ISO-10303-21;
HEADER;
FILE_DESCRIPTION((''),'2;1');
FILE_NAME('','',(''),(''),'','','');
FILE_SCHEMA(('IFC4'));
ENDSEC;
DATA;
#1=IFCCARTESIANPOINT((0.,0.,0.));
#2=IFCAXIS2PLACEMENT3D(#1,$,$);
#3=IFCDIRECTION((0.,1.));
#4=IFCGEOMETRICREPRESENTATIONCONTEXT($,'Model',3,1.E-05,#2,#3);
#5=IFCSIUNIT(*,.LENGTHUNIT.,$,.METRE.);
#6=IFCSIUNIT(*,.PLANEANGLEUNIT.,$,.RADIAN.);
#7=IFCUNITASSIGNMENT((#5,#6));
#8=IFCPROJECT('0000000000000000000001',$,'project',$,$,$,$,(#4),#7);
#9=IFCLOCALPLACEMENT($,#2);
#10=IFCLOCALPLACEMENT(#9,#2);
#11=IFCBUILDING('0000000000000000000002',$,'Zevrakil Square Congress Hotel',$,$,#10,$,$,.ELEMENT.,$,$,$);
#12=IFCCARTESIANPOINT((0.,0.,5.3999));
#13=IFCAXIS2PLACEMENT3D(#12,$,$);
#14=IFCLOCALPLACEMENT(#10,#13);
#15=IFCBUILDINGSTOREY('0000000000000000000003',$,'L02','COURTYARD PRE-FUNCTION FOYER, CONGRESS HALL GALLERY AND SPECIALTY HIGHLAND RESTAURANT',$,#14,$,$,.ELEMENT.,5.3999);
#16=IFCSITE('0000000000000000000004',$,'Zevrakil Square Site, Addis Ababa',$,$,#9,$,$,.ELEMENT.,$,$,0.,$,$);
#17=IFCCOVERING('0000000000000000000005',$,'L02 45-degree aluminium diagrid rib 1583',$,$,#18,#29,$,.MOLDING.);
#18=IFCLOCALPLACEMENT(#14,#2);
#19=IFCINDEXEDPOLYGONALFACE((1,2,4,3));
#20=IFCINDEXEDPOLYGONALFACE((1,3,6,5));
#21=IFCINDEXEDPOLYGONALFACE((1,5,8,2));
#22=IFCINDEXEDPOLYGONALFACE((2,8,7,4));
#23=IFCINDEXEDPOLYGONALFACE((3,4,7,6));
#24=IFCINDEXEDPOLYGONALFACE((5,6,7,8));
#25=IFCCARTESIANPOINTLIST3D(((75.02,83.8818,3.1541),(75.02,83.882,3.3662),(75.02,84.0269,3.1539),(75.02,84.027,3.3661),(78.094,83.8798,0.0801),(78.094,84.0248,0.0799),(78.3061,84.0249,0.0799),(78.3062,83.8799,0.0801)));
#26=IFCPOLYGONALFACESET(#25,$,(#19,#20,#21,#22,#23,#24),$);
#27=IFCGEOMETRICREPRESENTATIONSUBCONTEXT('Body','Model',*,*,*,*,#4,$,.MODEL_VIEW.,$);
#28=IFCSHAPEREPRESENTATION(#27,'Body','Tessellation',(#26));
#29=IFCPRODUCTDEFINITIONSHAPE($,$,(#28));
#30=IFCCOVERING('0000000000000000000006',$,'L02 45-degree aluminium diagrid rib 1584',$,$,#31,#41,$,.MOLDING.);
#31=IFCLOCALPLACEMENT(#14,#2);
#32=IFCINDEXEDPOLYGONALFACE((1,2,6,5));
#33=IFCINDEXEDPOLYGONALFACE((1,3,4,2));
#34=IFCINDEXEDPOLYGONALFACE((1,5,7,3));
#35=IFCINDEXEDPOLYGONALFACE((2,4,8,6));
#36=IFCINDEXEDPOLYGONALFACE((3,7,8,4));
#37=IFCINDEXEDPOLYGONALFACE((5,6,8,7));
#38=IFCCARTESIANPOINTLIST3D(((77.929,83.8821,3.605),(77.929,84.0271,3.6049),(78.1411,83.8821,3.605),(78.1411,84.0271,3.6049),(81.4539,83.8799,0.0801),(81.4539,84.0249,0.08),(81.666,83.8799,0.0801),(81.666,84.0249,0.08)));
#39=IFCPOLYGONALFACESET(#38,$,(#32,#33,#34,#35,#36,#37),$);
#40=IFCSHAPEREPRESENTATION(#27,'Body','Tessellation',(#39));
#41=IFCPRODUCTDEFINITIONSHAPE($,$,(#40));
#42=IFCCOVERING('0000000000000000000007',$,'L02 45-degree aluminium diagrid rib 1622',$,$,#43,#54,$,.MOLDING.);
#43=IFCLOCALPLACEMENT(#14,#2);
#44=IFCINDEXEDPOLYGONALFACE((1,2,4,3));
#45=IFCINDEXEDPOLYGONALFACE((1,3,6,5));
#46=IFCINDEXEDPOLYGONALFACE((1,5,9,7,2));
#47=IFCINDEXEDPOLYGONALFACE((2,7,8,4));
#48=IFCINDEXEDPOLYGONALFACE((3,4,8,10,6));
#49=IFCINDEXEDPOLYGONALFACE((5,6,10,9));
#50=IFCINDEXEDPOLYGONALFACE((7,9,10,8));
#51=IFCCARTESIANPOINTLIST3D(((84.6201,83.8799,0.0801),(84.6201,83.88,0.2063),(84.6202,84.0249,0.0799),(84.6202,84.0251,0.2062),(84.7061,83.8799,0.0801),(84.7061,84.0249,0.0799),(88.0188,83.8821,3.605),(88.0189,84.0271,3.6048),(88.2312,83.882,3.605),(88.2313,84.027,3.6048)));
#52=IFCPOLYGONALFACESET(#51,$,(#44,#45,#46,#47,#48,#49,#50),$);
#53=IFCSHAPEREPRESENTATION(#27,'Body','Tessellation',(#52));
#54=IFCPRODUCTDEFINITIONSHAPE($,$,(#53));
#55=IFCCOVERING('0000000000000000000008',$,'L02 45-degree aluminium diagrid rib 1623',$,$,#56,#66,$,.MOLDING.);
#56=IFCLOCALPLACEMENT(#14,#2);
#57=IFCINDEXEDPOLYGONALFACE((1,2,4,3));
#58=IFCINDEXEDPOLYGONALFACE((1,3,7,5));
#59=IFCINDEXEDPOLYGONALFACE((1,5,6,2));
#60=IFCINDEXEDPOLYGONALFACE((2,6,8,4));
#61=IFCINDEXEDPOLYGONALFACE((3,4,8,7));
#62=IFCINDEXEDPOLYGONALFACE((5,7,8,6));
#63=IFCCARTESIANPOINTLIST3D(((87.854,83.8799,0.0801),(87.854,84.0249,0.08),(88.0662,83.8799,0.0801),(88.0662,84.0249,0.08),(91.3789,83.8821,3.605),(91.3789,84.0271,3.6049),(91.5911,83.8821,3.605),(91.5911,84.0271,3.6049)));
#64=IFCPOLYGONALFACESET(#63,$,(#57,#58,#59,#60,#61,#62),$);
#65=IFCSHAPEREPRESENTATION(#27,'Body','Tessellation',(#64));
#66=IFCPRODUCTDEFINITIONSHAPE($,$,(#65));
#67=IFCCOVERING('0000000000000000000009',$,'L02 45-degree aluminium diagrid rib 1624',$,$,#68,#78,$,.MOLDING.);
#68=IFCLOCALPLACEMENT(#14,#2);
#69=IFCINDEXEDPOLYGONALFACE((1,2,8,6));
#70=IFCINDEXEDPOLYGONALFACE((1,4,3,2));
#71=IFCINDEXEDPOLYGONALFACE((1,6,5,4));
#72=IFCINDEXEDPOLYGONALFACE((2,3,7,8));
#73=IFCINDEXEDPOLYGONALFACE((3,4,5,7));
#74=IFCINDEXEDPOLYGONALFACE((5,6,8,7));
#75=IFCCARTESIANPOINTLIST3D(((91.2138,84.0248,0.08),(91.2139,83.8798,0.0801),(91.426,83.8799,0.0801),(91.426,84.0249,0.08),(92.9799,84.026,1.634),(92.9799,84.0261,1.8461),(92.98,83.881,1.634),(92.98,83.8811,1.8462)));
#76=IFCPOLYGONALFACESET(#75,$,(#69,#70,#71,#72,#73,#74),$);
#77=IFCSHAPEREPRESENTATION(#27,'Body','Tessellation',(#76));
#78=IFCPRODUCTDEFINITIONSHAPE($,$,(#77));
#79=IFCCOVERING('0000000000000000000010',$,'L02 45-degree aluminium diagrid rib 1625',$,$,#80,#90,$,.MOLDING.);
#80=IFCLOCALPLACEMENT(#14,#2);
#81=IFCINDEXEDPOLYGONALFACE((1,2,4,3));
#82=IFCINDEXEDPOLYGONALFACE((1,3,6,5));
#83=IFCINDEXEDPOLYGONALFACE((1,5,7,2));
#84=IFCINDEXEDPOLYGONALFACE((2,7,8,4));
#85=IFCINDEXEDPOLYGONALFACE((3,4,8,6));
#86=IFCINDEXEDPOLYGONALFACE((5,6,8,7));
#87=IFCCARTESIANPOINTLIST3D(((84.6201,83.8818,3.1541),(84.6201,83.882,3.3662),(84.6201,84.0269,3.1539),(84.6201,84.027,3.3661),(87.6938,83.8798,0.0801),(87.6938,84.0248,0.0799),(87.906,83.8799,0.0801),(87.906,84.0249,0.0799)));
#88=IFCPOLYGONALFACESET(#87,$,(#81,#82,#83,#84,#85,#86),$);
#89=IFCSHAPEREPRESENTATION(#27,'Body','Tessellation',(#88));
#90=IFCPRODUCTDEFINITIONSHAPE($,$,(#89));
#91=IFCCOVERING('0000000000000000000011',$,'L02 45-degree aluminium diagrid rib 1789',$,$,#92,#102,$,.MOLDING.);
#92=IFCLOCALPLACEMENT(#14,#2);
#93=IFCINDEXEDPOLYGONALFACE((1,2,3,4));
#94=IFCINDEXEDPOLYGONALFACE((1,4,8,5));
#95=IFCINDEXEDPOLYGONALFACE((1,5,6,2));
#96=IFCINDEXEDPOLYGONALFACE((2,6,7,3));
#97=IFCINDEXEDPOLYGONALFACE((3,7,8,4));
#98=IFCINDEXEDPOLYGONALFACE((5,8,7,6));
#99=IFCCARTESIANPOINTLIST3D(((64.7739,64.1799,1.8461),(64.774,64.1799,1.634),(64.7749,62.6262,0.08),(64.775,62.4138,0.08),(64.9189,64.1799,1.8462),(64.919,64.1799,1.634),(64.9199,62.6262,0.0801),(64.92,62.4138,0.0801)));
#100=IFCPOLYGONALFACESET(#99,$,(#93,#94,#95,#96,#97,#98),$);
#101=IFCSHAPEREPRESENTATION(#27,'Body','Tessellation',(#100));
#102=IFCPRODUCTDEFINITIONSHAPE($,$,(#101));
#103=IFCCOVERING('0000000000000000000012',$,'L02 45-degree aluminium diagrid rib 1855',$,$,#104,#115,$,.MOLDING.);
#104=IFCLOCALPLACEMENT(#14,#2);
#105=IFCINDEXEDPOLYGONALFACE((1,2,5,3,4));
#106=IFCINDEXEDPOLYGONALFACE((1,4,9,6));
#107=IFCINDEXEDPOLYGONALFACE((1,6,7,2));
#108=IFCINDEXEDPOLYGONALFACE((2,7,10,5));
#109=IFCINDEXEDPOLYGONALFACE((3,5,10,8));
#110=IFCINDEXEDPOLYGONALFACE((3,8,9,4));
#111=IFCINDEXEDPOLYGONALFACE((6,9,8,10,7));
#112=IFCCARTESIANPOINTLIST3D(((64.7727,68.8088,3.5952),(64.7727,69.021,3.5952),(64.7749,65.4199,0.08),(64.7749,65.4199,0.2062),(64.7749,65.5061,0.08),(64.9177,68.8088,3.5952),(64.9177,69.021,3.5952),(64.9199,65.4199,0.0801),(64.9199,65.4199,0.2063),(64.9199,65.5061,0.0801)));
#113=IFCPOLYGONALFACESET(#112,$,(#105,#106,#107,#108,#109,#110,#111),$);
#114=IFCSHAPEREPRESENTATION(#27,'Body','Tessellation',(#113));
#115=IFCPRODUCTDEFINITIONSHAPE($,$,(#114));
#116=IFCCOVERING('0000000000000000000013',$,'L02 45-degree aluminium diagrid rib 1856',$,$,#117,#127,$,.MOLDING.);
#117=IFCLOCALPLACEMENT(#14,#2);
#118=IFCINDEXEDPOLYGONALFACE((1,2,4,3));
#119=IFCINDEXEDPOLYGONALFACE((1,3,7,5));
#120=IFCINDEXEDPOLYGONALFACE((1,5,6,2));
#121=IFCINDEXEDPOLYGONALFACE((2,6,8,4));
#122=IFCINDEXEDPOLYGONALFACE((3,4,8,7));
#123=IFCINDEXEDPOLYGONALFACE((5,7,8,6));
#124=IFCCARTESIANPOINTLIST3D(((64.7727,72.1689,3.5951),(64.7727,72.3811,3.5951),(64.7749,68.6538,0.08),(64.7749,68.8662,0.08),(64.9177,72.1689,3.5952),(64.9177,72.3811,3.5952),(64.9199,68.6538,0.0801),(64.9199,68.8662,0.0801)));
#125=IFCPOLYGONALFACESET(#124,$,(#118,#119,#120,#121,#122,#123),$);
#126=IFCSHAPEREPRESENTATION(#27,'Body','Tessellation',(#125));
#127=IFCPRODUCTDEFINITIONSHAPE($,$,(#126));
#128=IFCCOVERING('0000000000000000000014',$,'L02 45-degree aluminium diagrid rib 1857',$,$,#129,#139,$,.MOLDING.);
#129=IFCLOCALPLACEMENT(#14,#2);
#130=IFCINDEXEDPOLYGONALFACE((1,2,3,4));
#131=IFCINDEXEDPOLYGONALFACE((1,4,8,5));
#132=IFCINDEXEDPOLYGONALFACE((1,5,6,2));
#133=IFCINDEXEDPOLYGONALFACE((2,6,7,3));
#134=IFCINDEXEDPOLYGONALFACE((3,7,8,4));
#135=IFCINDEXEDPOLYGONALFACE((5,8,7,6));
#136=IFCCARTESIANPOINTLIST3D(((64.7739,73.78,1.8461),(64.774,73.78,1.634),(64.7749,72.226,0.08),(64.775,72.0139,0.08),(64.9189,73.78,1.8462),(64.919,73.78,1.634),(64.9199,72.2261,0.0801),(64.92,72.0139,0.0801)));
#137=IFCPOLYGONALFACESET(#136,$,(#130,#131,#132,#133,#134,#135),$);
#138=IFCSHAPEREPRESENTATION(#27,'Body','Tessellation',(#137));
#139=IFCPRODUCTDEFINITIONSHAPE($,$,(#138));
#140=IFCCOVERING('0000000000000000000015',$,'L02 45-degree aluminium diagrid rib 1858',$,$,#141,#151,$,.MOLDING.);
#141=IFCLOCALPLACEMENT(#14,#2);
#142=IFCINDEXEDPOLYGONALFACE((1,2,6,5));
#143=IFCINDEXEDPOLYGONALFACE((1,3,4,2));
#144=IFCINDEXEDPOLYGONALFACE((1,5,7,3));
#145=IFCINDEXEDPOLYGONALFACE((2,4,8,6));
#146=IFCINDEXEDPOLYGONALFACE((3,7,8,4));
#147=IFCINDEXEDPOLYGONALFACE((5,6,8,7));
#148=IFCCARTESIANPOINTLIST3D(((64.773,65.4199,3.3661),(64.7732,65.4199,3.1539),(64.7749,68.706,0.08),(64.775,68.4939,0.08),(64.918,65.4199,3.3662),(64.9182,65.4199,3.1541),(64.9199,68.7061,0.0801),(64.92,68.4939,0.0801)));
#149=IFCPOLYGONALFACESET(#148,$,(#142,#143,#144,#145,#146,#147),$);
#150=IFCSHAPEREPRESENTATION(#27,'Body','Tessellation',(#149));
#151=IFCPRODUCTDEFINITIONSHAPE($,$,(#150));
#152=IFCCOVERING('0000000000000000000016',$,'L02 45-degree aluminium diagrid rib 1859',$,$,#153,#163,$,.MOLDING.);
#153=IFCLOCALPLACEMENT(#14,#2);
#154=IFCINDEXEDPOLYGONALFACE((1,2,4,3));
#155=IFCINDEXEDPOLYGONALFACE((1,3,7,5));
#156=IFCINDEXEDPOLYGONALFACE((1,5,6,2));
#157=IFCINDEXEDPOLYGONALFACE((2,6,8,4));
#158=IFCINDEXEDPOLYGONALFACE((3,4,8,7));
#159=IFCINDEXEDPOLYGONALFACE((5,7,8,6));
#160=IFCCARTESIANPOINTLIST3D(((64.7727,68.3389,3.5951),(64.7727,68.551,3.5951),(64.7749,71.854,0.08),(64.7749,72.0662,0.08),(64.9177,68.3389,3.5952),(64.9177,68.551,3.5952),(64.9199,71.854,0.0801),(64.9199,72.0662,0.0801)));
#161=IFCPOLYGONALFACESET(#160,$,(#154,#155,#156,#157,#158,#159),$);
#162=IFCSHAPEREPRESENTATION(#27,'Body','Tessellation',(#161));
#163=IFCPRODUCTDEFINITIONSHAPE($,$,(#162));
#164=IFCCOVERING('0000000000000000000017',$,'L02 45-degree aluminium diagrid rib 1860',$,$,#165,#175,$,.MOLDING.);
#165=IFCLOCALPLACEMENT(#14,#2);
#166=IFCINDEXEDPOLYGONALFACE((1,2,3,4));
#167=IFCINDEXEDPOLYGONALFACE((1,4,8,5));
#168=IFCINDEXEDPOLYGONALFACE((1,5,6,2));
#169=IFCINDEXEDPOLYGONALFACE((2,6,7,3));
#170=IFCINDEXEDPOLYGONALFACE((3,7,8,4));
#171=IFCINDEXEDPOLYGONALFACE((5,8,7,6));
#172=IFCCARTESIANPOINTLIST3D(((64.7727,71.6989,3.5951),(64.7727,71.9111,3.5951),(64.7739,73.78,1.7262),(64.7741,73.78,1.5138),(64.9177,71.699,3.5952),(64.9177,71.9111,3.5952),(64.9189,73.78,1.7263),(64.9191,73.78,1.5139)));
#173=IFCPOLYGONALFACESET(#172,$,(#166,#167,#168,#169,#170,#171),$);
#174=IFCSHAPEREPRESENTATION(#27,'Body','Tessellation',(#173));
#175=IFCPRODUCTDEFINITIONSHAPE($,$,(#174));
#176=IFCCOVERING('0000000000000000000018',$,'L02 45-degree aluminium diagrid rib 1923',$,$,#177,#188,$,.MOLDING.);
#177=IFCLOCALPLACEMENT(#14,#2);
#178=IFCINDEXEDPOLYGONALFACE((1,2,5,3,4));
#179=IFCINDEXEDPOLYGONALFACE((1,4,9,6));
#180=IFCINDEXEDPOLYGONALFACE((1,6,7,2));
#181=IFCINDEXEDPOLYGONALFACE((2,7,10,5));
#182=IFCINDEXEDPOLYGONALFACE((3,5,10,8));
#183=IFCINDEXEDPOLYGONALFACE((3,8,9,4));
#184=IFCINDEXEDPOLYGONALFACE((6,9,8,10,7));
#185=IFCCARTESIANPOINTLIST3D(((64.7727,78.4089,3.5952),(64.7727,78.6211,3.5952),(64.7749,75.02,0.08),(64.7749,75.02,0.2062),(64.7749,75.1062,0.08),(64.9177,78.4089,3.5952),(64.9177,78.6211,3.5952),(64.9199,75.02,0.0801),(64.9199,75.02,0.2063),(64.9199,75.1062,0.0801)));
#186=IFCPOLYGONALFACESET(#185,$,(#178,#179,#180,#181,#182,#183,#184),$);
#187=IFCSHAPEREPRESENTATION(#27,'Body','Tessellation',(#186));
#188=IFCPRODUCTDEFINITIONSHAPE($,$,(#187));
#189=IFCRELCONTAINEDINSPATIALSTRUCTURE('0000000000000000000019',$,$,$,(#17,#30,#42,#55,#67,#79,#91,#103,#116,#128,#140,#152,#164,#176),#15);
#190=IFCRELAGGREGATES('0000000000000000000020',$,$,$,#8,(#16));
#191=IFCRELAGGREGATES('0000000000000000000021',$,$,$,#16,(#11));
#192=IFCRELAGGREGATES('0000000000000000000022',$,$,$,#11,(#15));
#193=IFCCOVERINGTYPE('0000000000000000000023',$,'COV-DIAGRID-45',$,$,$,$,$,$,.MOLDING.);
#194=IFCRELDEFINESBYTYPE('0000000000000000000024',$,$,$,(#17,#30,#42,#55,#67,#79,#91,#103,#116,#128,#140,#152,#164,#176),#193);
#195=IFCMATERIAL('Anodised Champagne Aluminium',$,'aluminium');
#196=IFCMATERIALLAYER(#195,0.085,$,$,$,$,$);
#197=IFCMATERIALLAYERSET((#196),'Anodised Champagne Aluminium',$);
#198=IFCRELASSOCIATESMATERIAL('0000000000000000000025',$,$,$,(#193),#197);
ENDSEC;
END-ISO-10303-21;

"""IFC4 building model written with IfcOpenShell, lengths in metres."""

from ifc_helpers import new_model, si_unit, direction, frame, origin, place, context, subcontext, project, spatial, polyline, outline, extrude, material, layer, layer_set, type_object, element, save


model = new_model("IFC4")

# Units and contexts
model_context = context("Model", 3, precision=1e-05, world=origin(), true_north=direction((0.0, 1.0)))
body_context = subcontext(model_context, "Body", "Model", "MODEL_VIEW")
ifc_project = project(units=[si_unit("LENGTHUNIT", "METRE"), si_unit("PLANEANGLEUNIT", "RADIAN")], contexts=[model_context])

# Site, building, storey
site_placement = place(None, origin())
site = spatial("IfcSite", under=ifc_project, at=site_placement, Name="Zevrakil Square Site, Addis Ababa", CompositionType="ELEMENT", RefElevation=0.0)
building_placement = place(site_placement, origin())
building = spatial("IfcBuilding", under=site, at=building_placement, Name="Zevrakil Square Congress Hotel", CompositionType="ELEMENT")
storey_placement = place(building_placement, frame((0.0, 0.0, 5.3999)))
storey = spatial("IfcBuildingStorey", under=building, at=storey_placement, Name="L02", Description="COURTYARD PRE-FUNCTION FOYER, CONGRESS HALL GALLERY AND SPECIALTY HIGHLAND RESTAURANT", CompositionType="ELEMENT", Elevation=5.3999)

# Coverings
ifc_material_1 = material(Name="Anodised Champagne Aluminium", Category="aluminium")
ifc_layer_1 = layer(ifc_material_1, 0.085)
ifc_layer_set_1 = layer_set([ifc_layer_1], Name="Anodised Champagne Aluminium")
covering_type_1 = type_object("IfcCoveringType", Name="COV-DIAGRID-45", PredefinedType="MOLDING", material=ifc_layer_set_1)
covering_1_placement = place(storey_placement, frame((75.02, 83.8818, 3.1541), z_axis=(0.000249, -1.0, 0.000902), x_axis=(0.0, 0.000902, 1.0)))
element("IfcCovering", 1, at=covering_1_placement, inside=storey, type_object=covering_type_1, Name="L02 45-degree aluminium diagrid rib 1583", PredefinedType="MOLDING", context=body_context, shape_type="SweptSolid", body=[
    extrude(outline(polyline([(0.0, 0.0), (0.2122, 0.0), (-3.074, -3.2861), (-3.074, -3.074), (0.0, 0.0)])), origin(), (0.0, 0.0, -1.0), 0.145),
])
covering_2_placement = place(storey_placement, frame((77.929, 83.8821, 3.605), z_axis=(0.0, -1.0, 0.000623), x_axis=(1.0, 0.0, 0.0)))
element("IfcCovering", 2, at=covering_2_placement, inside=storey, type_object=covering_type_1, Name="L02 45-degree aluminium diagrid rib 1584", PredefinedType="MOLDING", context=body_context, shape_type="SweptSolid", body=[
    extrude(outline(polyline([(0.0, 0.0), (0.2122, 0.0), (3.7371, -3.5249), (3.5249, -3.5249), (0.0, 0.0)])), origin(), (0.0, 0.0, -1.0), 0.145),
])
covering_3_placement = place(storey_placement, frame((84.7061, 83.8799, 0.0801), z_axis=(-0.000394, -0.999999, 0.001003), x_axis=(-1.0, 0.000394, 0.0)))
element("IfcCovering", 3, at=covering_3_placement, inside=storey, type_object=covering_type_1, Name="L02 45-degree aluminium diagrid rib 1622", PredefinedType="MOLDING", context=body_context, shape_type="SweptSolid", body=[
    extrude(outline(polyline([(0.0, 0.0), (0.0859, 0.0), (0.0859, -0.1262), (-3.3127, -3.5249), (-3.5251, -3.5249), (0.0, 0.0)])), origin(), (0.0, 0.0, -1.0), 0.145),
])
covering_4_placement = place(storey_placement, frame((88.0662, 83.8799, 0.0801), z_axis=(0.0, -1.0, 0.000623), x_axis=(-1.0, 0.0, 0.0)))
element("IfcCovering", 4, at=covering_4_placement, inside=storey, type_object=covering_type_1, Name="L02 45-degree aluminium diagrid rib 1623", PredefinedType="MOLDING", context=body_context, shape_type="SweptSolid", body=[
    extrude(outline(polyline([(0.0, 0.0), (0.2122, 0.0), (-3.3127, -3.5249), (-3.5249, -3.5249), (0.0, 0.0)])), origin(), (0.0, 0.0, -1.0), 0.145),
])
covering_5_placement = place(storey_placement, frame((91.426, 83.8799, 0.0801), z_axis=(0.000368, -1.0, 0.000368), x_axis=(-1.0, -0.000368, 0.0)))
element("IfcCovering", 5, at=covering_5_placement, inside=storey, type_object=covering_type_1, Name="L02 45-degree aluminium diagrid rib 1624", PredefinedType="MOLDING", context=body_context, shape_type="SweptSolid", body=[
    extrude(outline(polyline([(0.0, 0.0), (0.2122, 0.0), (-1.554, -1.7661), (-1.554, -1.554), (0.0, 0.0)])), origin(), (0.0, 0.0, -1.0), 0.145),
])
covering_6_placement = place(storey_placement, frame((84.6201, 83.8818, 3.1541), z_axis=(0.000249, -1.0, 0.000902), x_axis=(0.0, 0.000902, 1.0)))
element("IfcCovering", 6, at=covering_6_placement, inside=storey, type_object=covering_type_1, Name="L02 45-degree aluminium diagrid rib 1625", PredefinedType="MOLDING", context=body_context, shape_type="SweptSolid", body=[
    extrude(outline(polyline([(0.0, 0.0), (0.2122, 0.0), (-3.074, -3.2859), (-3.074, -3.0737), (0.0, 0.0)])), origin(), (0.0, 0.0, -1.0), 0.145),
])
covering_7_placement = place(storey_placement, frame((64.9199, 62.6262, 0.0801), z_axis=(1.0, 0.000294, 0.000294), x_axis=(0.000294, -1.0, 0.0)))
element("IfcCovering", 7, at=covering_7_placement, inside=storey, type_object=covering_type_1, Name="L02 45-degree aluminium diagrid rib 1789", PredefinedType="MOLDING", context=body_context, shape_type="SweptSolid", body=[
    extrude(outline(polyline([(0.0, 0.0), (0.2124, 0.0), (-1.5537, -1.7661), (-1.5537, -1.554), (0.0, 0.0)])), origin(), (0.0, 0.0, -1.0), 0.145),
])
covering_8_placement = place(storey_placement, frame((64.9199, 65.5061, 0.0801), z_axis=(1.0, 0.000188, 0.000444), x_axis=(0.000188, -1.0, 0.0)))
element("IfcCovering", 8, at=covering_8_placement, inside=storey, type_object=covering_type_1, Name="L02 45-degree aluminium diagrid rib 1855", PredefinedType="MOLDING", context=body_context, shape_type="SweptSolid", body=[
    extrude(outline(polyline([(0.0, 0.0), (0.0862, 0.0), (0.0862, -0.1262), (-3.3027, -3.5151), (-3.5149, -3.5151), (0.0, 0.0)])), origin(), (0.0, 0.0, -1.0), 0.145),
])
covering_9_placement = place(storey_placement, frame((64.9199, 68.8662, 0.0801), z_axis=(1.0, 0.0, 0.000625), x_axis=(0.0, -1.0, 0.0)))
element("IfcCovering", 9, at=covering_9_placement, inside=storey, type_object=covering_type_1, Name="L02 45-degree aluminium diagrid rib 1856", PredefinedType="MOLDING", context=body_context, shape_type="SweptSolid", body=[
    extrude(outline(polyline([(0.0, 0.0), (0.2124, 0.0), (-3.3027, -3.5151), (-3.5149, -3.5151), (0.0, 0.0)])), origin(), (0.0, 0.0, -1.0), 0.145),
])
covering_10_placement = place(storey_placement, frame((64.9199, 72.2261, 0.0801), z_axis=(1.0, 0.000294, 0.000294), x_axis=(0.000294, -1.0, 0.0)))
element("IfcCovering", 10, at=covering_10_placement, inside=storey, type_object=covering_type_1, Name="L02 45-degree aluminium diagrid rib 1857", PredefinedType="MOLDING", context=body_context, shape_type="SweptSolid", body=[
    extrude(outline(polyline([(0.0, 0.0), (0.2122, 0.0), (-1.554, -1.7661), (-1.554, -1.554), (0.0, 0.0)])), origin(), (0.0, 0.0, -1.0), 0.145),
])
covering_11_placement = place(storey_placement, frame((64.9182, 65.4199, 3.1541), z_axis=(1.0, 0.000287, 0.000863), x_axis=(-0.000863, 0.0, 1.0)))
element("IfcCovering", 11, at=covering_11_placement, inside=storey, type_object=covering_type_1, Name="L02 45-degree aluminium diagrid rib 1858", PredefinedType="MOLDING", context=body_context, shape_type="SweptSolid", body=[
    extrude(outline(polyline([(0.0, 0.0), (0.2122, 0.0), (-3.074, -3.2861), (-3.074, -3.074), (0.0, 0.0)])), origin(), (0.0, 0.0, -1.0), 0.145),
])
covering_12_placement = place(storey_placement, frame((64.9177, 68.3389, 3.5952), z_axis=(1.0, 0.0, 0.000625), x_axis=(0.0, 1.0, 0.0)))
element("IfcCovering", 12, at=covering_12_placement, inside=storey, type_object=covering_type_1, Name="L02 45-degree aluminium diagrid rib 1859", PredefinedType="MOLDING", context=body_context, shape_type="SweptSolid", body=[
    extrude(outline(polyline([(0.0, 0.0), (0.2122, 0.0), (3.7273, -3.5151), (3.5151, -3.5151), (0.0, 0.0)])), origin(), (0.0, 0.0, -1.0), 0.145),
])
covering_13_placement = place(storey_placement, frame((64.9177, 71.699, 3.5952), z_axis=(1.0, 0.000235, 0.000915), x_axis=(-0.000235, 1.0, 0.0)))
element("IfcCovering", 13, at=covering_13_placement, inside=storey, type_object=covering_type_1, Name="L02 45-degree aluminium diagrid rib 1860", PredefinedType="MOLDING", context=body_context, shape_type="SweptSolid", body=[
    extrude(outline(polyline([(0.0, 0.0), (0.2122, 0.0), (2.0811, -1.8689), (2.0811, -2.0813), (0.0, 0.0)])), origin(), (0.0, 0.0, -1.0), 0.145),
])
covering_14_placement = place(storey_placement, frame((64.9199, 75.1062, 0.0801), z_axis=(1.0, 0.000188, 0.000444), x_axis=(0.000188, -1.0, 0.0)))
element("IfcCovering", 14, at=covering_14_placement, inside=storey, type_object=covering_type_1, Name="L02 45-degree aluminium diagrid rib 1923", PredefinedType="MOLDING", context=body_context, shape_type="SweptSolid", body=[
    extrude(outline(polyline([(0.0, 0.0), (0.0862, 0.0), (0.0862, -0.1262), (-3.3027, -3.5151), (-3.5149, -3.5151), (0.0, 0.0)])), origin(), (0.0, 0.0, -1.0), 0.145),
])

save(model, "model.ifc")
